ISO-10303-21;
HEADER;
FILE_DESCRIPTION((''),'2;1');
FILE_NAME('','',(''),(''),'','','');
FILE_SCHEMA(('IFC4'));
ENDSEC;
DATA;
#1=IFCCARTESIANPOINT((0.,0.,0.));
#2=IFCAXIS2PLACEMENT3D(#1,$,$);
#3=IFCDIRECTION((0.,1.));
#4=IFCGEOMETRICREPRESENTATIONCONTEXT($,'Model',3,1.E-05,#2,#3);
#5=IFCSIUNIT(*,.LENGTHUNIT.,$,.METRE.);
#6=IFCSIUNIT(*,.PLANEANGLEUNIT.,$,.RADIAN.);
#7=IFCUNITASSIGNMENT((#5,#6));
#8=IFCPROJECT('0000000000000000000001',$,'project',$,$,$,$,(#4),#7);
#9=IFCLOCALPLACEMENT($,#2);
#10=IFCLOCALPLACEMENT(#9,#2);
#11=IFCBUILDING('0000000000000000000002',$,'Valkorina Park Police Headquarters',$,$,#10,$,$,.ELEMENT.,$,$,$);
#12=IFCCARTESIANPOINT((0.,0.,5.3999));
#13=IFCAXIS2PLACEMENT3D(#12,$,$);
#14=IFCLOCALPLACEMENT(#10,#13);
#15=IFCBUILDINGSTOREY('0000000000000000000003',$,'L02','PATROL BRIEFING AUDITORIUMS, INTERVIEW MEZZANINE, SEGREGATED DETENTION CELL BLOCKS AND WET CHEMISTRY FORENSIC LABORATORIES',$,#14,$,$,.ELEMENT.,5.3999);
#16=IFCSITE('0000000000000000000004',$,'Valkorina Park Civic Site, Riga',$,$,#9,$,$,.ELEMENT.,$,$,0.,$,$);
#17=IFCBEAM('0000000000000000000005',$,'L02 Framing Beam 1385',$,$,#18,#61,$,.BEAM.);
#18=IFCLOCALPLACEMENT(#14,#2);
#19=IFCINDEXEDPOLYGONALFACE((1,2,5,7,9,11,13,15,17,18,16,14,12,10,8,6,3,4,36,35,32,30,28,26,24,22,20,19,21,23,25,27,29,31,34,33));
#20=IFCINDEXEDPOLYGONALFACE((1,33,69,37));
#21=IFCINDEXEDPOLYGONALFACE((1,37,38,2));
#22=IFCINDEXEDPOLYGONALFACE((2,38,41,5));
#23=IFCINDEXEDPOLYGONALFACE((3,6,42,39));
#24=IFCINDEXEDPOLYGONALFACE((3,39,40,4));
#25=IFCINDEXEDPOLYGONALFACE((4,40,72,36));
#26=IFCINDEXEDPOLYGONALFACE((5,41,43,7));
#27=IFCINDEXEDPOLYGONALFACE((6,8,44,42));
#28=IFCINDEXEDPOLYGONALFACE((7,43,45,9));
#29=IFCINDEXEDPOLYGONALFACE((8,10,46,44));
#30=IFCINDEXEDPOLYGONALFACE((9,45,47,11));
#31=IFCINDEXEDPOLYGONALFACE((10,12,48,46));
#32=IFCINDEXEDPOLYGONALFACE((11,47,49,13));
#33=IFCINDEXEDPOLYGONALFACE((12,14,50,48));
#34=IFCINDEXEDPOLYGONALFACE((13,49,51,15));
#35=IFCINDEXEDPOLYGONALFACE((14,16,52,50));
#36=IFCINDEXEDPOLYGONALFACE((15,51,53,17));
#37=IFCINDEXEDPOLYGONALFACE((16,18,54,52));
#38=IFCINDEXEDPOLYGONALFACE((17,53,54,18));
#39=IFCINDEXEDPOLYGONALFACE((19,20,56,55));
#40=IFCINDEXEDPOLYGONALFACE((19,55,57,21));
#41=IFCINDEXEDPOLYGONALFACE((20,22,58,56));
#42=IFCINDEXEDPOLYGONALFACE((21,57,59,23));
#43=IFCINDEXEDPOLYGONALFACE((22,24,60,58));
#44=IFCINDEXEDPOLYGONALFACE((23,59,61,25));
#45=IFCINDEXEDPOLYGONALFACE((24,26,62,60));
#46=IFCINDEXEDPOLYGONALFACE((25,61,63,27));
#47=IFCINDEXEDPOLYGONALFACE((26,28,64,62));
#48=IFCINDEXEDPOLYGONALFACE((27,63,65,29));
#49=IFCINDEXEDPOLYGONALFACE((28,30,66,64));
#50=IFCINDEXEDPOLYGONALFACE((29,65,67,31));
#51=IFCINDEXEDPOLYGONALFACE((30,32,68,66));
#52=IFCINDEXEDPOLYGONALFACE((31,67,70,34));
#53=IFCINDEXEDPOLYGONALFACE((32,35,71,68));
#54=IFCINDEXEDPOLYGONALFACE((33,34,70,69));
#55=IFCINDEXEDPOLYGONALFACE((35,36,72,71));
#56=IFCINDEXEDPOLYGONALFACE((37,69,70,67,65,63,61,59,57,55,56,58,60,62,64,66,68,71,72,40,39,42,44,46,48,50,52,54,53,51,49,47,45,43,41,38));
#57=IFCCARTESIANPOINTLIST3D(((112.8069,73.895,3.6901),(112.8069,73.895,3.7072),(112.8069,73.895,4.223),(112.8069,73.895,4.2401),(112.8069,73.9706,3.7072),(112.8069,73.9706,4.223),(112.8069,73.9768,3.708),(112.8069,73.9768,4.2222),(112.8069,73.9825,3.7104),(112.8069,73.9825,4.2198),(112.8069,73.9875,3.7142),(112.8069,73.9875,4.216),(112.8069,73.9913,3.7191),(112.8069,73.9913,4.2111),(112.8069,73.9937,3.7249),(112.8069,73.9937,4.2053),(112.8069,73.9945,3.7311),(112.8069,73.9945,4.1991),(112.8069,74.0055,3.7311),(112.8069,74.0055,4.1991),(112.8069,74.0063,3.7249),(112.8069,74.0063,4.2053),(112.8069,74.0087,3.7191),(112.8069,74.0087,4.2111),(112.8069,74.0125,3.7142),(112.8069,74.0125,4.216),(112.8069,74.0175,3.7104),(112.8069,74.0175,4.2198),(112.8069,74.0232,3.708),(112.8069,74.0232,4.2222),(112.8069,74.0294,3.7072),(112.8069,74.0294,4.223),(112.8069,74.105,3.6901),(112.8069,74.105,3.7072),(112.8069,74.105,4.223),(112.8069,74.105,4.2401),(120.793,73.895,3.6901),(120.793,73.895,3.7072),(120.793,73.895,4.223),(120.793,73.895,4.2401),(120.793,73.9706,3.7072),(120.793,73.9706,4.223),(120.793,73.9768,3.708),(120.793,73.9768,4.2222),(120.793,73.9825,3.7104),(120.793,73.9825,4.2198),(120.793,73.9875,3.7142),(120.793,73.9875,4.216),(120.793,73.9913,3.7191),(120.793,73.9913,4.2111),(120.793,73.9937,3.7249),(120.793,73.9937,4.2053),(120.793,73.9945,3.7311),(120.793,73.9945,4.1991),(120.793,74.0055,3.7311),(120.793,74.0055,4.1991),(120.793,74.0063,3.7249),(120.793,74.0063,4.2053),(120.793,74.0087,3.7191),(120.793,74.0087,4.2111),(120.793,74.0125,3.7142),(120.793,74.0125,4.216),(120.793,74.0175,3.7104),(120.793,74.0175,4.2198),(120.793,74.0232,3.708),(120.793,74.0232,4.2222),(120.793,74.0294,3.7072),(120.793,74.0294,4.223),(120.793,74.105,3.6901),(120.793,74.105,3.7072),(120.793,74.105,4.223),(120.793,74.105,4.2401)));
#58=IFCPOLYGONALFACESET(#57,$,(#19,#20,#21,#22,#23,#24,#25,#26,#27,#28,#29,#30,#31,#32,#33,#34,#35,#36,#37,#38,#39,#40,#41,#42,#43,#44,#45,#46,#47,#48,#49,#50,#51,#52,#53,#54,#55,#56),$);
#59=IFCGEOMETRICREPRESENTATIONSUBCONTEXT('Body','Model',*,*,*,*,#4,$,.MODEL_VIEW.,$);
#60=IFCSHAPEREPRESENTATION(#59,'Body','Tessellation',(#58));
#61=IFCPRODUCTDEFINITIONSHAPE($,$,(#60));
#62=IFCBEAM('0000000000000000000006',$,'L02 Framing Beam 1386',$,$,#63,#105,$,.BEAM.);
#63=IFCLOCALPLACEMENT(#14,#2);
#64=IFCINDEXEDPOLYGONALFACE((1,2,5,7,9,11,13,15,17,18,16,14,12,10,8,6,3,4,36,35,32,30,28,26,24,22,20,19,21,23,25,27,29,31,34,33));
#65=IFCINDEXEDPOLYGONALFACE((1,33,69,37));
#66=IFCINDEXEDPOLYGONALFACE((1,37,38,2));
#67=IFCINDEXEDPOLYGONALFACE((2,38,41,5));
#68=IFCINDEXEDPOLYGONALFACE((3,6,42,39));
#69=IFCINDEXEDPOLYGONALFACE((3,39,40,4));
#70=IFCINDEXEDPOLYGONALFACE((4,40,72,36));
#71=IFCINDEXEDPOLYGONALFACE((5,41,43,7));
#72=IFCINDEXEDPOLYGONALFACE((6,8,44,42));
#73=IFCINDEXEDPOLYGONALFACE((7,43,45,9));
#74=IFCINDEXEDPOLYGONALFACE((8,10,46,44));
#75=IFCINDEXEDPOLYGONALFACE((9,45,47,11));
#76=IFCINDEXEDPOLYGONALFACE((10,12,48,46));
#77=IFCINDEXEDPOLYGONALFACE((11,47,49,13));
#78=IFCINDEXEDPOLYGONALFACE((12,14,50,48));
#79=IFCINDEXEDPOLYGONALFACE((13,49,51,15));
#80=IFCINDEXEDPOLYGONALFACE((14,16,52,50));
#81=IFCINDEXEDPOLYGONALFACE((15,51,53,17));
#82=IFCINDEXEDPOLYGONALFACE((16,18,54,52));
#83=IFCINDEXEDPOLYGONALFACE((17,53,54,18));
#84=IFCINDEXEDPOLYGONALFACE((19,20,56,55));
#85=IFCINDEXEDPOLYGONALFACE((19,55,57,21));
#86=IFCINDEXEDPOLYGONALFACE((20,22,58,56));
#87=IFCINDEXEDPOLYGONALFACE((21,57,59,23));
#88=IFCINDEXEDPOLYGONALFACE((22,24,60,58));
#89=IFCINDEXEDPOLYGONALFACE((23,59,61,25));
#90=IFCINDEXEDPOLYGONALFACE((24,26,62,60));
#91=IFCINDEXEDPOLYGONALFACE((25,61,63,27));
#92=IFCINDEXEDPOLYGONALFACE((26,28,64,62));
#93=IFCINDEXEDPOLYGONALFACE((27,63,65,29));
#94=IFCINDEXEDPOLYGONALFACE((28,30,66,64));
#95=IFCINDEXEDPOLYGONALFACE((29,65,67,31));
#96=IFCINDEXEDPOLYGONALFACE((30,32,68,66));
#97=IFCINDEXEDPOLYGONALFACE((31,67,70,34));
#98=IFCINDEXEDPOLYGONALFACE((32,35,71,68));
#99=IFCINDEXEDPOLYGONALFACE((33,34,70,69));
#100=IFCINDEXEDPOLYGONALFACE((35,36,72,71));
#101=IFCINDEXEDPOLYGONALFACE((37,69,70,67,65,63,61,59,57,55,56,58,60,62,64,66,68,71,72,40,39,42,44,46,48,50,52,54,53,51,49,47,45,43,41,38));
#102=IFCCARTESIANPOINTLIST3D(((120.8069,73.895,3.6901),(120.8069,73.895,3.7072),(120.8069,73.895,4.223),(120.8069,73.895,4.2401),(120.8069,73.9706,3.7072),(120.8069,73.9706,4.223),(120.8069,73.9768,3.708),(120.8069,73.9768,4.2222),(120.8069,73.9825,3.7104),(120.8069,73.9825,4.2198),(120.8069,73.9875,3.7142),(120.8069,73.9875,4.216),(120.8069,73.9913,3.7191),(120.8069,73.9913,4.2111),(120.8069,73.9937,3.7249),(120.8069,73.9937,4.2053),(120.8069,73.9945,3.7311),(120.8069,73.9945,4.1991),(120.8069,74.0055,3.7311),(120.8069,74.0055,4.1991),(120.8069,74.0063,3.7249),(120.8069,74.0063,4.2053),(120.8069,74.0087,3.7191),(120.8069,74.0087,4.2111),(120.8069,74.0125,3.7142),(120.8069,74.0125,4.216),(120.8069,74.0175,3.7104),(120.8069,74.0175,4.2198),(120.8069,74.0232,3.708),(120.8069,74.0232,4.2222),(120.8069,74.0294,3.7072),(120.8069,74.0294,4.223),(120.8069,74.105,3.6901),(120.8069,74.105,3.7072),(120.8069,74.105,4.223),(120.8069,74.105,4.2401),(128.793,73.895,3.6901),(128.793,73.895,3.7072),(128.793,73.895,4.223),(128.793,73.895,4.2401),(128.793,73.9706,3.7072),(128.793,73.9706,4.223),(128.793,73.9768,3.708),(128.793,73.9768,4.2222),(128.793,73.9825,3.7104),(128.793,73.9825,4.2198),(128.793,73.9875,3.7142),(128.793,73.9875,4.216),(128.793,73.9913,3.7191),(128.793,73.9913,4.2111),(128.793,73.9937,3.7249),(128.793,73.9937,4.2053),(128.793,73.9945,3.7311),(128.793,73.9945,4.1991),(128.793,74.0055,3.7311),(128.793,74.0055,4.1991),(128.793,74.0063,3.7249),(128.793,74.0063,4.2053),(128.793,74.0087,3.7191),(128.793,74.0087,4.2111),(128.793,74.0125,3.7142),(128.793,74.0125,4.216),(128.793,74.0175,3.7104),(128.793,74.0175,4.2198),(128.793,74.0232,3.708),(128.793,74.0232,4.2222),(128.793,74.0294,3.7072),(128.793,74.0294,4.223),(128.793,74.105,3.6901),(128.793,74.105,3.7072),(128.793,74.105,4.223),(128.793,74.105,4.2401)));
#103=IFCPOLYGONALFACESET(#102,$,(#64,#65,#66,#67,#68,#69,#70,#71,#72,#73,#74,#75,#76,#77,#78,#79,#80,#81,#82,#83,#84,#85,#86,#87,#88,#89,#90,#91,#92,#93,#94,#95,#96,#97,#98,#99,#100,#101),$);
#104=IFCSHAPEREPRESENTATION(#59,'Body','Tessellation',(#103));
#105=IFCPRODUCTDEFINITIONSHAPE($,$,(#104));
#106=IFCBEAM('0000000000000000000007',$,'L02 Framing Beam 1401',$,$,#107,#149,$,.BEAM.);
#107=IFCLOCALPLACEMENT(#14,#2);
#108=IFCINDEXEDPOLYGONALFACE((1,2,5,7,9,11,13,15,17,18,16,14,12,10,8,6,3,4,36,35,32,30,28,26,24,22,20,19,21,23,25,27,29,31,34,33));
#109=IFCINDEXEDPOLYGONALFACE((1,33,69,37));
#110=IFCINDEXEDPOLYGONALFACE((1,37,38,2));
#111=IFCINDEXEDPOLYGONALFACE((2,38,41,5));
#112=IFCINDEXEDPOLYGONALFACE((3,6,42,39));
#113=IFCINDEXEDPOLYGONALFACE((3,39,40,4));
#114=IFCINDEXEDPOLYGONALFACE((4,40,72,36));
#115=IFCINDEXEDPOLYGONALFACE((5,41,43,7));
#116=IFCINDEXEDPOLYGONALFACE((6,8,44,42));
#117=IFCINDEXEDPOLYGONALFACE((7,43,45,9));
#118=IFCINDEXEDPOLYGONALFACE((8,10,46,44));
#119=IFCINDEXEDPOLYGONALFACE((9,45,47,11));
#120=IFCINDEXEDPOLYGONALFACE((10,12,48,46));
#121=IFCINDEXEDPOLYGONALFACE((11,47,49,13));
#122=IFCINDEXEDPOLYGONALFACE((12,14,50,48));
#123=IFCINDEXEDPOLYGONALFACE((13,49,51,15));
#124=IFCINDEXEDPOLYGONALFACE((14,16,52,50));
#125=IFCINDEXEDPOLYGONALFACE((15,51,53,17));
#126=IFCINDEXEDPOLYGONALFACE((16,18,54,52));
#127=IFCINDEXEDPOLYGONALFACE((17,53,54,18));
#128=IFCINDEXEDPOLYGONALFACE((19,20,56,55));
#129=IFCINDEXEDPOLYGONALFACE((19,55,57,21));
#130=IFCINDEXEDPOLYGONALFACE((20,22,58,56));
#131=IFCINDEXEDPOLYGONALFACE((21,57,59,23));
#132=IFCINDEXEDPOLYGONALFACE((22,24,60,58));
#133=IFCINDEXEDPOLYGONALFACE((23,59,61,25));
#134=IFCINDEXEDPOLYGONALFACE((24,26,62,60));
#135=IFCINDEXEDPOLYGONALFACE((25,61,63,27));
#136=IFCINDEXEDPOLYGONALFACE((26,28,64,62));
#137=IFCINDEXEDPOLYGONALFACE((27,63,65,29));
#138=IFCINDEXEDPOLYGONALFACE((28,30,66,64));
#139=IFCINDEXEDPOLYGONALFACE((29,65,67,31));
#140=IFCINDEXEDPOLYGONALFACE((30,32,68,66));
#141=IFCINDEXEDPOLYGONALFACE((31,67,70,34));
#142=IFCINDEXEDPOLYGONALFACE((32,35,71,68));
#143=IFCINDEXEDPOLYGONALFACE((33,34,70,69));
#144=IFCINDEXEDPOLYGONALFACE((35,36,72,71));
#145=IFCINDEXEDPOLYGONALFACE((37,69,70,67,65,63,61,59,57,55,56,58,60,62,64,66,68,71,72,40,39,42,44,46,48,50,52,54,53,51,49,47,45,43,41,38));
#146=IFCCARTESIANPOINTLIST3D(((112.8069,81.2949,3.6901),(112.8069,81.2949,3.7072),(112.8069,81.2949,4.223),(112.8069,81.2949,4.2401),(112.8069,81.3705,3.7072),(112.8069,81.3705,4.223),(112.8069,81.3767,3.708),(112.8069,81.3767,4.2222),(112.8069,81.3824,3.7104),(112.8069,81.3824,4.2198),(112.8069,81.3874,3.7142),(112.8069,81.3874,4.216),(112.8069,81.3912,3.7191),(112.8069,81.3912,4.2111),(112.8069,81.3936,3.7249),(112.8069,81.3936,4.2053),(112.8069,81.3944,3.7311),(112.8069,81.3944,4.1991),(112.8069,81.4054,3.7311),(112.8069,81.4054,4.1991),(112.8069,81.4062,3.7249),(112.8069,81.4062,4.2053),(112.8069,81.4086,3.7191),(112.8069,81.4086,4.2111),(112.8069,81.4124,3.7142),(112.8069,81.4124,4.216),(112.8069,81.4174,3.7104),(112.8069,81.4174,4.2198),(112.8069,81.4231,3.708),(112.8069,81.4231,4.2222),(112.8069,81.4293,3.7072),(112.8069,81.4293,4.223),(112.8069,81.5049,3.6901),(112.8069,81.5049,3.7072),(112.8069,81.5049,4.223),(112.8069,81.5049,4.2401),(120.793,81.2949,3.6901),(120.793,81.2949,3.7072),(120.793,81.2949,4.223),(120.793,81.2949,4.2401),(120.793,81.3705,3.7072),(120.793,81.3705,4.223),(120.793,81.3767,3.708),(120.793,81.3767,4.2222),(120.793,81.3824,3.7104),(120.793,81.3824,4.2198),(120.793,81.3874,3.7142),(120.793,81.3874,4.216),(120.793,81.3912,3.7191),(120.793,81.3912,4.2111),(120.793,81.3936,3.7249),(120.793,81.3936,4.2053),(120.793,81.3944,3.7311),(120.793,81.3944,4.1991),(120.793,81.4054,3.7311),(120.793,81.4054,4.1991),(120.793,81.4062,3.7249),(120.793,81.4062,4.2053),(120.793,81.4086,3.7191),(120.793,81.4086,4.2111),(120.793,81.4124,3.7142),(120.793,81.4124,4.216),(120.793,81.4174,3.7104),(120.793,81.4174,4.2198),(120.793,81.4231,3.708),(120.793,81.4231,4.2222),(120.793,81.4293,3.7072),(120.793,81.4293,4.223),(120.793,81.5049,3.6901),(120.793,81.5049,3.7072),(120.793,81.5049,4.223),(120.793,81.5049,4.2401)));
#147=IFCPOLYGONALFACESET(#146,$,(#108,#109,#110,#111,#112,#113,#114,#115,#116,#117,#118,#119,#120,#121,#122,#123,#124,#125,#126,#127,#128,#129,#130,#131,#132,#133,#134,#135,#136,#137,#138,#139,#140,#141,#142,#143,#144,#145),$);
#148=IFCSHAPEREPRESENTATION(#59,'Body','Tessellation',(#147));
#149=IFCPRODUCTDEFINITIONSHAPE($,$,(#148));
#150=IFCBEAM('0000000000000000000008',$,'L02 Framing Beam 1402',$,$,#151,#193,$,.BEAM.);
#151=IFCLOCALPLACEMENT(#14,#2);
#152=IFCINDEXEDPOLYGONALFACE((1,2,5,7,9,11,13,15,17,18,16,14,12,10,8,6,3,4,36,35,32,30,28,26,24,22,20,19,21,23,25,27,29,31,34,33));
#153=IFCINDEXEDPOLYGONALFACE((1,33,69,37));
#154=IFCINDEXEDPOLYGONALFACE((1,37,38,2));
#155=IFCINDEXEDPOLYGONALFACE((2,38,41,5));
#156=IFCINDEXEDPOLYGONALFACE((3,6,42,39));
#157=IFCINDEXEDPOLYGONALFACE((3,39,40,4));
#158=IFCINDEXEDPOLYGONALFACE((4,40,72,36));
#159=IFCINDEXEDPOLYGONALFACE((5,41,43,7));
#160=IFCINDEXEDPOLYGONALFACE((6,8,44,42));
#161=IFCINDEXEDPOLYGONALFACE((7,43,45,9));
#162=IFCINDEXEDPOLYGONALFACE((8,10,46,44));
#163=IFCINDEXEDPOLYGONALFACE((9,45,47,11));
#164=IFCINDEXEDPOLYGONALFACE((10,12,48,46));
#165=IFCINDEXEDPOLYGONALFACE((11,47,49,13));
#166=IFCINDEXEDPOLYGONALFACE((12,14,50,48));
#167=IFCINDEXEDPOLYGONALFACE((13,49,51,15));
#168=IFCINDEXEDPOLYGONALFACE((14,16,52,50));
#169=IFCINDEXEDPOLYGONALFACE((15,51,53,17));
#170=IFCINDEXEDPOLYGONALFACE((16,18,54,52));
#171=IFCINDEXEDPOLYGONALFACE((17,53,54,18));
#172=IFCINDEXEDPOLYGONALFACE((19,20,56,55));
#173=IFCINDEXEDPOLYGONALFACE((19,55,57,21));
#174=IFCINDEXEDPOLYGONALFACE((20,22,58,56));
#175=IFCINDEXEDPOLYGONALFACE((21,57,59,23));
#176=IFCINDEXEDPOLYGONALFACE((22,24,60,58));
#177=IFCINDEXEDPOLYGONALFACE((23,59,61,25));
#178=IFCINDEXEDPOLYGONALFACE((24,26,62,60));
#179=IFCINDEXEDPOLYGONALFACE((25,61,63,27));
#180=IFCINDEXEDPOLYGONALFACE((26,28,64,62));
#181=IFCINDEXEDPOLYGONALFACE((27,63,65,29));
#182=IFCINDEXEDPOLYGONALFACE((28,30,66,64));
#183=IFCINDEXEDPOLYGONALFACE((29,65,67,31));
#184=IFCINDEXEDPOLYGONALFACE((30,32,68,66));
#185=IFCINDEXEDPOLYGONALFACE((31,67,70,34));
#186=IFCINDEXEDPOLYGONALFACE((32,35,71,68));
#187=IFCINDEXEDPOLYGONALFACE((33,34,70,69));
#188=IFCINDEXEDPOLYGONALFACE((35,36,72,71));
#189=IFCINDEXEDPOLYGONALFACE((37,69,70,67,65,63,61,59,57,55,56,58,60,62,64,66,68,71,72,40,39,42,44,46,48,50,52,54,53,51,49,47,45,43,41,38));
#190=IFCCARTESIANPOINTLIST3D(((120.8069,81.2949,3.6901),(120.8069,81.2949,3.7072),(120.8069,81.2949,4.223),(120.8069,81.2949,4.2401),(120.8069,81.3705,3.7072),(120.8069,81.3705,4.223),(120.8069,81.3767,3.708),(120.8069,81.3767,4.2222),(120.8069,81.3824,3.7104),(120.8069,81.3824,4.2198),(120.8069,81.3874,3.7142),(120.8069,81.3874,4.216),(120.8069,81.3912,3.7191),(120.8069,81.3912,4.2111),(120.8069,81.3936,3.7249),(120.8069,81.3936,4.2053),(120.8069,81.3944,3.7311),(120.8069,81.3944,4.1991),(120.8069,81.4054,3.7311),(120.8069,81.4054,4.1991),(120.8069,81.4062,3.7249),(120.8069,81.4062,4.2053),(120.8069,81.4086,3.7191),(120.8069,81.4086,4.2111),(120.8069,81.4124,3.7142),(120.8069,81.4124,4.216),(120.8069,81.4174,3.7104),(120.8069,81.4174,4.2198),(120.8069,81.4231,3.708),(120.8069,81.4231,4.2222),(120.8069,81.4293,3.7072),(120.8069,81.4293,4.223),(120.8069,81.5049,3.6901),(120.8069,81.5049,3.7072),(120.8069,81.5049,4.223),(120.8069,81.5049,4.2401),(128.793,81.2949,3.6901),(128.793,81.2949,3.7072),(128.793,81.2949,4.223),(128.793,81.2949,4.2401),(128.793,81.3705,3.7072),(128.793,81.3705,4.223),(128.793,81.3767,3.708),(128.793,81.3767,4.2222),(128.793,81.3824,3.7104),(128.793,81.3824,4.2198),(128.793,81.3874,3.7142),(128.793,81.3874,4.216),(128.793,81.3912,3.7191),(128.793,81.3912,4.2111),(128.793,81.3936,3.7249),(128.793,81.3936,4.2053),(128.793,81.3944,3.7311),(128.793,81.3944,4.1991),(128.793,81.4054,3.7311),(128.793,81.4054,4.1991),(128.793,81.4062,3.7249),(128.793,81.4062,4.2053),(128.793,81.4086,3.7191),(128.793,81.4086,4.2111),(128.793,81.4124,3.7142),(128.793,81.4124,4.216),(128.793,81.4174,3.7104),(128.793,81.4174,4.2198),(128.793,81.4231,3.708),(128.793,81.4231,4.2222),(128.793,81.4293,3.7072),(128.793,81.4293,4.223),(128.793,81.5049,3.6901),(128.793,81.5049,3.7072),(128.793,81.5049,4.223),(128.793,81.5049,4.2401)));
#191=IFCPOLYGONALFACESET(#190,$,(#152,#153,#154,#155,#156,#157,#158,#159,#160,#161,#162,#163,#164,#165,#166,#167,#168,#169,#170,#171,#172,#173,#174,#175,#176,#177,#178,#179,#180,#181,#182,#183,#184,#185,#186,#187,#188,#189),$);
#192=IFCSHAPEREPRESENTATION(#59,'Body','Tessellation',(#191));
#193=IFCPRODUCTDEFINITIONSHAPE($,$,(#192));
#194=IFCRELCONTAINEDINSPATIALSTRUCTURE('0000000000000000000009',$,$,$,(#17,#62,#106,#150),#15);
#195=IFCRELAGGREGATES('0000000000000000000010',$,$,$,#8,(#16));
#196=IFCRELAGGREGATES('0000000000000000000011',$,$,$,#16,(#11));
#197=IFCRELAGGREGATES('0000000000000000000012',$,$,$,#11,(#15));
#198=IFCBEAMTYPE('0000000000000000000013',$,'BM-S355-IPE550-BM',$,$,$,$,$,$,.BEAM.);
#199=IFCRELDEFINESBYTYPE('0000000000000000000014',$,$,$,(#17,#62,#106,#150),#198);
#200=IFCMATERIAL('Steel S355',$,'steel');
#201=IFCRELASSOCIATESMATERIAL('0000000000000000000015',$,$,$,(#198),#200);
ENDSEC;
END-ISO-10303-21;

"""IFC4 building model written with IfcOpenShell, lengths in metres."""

from ifc_helpers import new_model, si_unit, direction, frame, origin, origin_2d, place, context, subcontext, project, spatial, i_section, extrude, material, material_profile, profile_set, type_object, element, save


model = new_model("IFC4")

# Units and contexts
model_context = context("Model", 3, precision=1e-05, world=origin(), true_north=direction((0.0, 1.0)))
body_context = subcontext(model_context, "Body", "Model", "MODEL_VIEW")
ifc_project = project(units=[si_unit("LENGTHUNIT", "METRE"), si_unit("PLANEANGLEUNIT", "RADIAN")], contexts=[model_context])

# Site, building, storey
site_placement = place(None, origin())
site = spatial("IfcSite", under=ifc_project, at=site_placement, Name="Valkorina Park Civic Site, Riga", CompositionType="ELEMENT", RefElevation=0.0)
building_placement = place(site_placement, origin())
building = spatial("IfcBuilding", under=site, at=building_placement, Name="Valkorina Park Police Headquarters", CompositionType="ELEMENT")
storey_placement = place(building_placement, frame((0.0, 0.0, 5.3999)))
storey = spatial("IfcBuildingStorey", under=building, at=storey_placement, Name="L02", Description="PATROL BRIEFING AUDITORIUMS, INTERVIEW MEZZANINE, SEGREGATED DETENTION CELL BLOCKS AND WET CHEMISTRY FORENSIC LABORATORIES", CompositionType="ELEMENT", Elevation=5.3999)

# Shared definitions
ifc_material_1 = material(Name="Steel S355", Category="steel")

# Beams
ifc_material_profile_1 = material_profile(ifc_material_1, i_section(OverallWidth=0.21, OverallDepth=0.55, WebThickness=0.011, FlangeThickness=0.0171, FilletRadius=0.0239, at=origin_2d()), Name="IPE 550")
ifc_profile_set_1 = profile_set([ifc_material_profile_1], Name="Steel S355")
beam_type_1 = type_object("IfcBeamType", Name="BM-S355-IPE550-BM", PredefinedType="BEAM", material=ifc_profile_set_1)
for number, where, z_axis, x_axis, name in (
    (1, (112.8069, 74.0, 3.9651), (1.0, 0.0, 0.0), (0.0, 1.0, 0.0), "L02 Framing Beam 1385"),
    (2, (120.8069, 74.0, 3.9651), (1.0, 0.0, 0.0), (0.0, 1.0, 0.0), "L02 Framing Beam 1386"),
    (3, (112.8069, 81.3999, 3.9651), (1.0, 0.0, 0.0), (0.0, 1.0, 0.0), "L02 Framing Beam 1401"),
    (4, (120.8069, 81.3999, 3.9651), (1.0, 0.0, 0.0), (0.0, 1.0, 0.0), "L02 Framing Beam 1402"),
):
    element("IfcBeam", number, at=place(storey_placement, frame(where, z_axis=z_axis, x_axis=x_axis)), inside=storey, type_object=beam_type_1, Name=name, PredefinedType="BEAM", context=body_context, shape_type="SweptSolid", body=[
        extrude(i_section(OverallWidth=0.21, OverallDepth=0.55, WebThickness=0.011, FlangeThickness=0.0171, FilletRadius=0.0239, at=origin_2d()), origin(), (0.0, 0.0, 1.0), 7.9861),
    ])

save(model, "model.ifc")
